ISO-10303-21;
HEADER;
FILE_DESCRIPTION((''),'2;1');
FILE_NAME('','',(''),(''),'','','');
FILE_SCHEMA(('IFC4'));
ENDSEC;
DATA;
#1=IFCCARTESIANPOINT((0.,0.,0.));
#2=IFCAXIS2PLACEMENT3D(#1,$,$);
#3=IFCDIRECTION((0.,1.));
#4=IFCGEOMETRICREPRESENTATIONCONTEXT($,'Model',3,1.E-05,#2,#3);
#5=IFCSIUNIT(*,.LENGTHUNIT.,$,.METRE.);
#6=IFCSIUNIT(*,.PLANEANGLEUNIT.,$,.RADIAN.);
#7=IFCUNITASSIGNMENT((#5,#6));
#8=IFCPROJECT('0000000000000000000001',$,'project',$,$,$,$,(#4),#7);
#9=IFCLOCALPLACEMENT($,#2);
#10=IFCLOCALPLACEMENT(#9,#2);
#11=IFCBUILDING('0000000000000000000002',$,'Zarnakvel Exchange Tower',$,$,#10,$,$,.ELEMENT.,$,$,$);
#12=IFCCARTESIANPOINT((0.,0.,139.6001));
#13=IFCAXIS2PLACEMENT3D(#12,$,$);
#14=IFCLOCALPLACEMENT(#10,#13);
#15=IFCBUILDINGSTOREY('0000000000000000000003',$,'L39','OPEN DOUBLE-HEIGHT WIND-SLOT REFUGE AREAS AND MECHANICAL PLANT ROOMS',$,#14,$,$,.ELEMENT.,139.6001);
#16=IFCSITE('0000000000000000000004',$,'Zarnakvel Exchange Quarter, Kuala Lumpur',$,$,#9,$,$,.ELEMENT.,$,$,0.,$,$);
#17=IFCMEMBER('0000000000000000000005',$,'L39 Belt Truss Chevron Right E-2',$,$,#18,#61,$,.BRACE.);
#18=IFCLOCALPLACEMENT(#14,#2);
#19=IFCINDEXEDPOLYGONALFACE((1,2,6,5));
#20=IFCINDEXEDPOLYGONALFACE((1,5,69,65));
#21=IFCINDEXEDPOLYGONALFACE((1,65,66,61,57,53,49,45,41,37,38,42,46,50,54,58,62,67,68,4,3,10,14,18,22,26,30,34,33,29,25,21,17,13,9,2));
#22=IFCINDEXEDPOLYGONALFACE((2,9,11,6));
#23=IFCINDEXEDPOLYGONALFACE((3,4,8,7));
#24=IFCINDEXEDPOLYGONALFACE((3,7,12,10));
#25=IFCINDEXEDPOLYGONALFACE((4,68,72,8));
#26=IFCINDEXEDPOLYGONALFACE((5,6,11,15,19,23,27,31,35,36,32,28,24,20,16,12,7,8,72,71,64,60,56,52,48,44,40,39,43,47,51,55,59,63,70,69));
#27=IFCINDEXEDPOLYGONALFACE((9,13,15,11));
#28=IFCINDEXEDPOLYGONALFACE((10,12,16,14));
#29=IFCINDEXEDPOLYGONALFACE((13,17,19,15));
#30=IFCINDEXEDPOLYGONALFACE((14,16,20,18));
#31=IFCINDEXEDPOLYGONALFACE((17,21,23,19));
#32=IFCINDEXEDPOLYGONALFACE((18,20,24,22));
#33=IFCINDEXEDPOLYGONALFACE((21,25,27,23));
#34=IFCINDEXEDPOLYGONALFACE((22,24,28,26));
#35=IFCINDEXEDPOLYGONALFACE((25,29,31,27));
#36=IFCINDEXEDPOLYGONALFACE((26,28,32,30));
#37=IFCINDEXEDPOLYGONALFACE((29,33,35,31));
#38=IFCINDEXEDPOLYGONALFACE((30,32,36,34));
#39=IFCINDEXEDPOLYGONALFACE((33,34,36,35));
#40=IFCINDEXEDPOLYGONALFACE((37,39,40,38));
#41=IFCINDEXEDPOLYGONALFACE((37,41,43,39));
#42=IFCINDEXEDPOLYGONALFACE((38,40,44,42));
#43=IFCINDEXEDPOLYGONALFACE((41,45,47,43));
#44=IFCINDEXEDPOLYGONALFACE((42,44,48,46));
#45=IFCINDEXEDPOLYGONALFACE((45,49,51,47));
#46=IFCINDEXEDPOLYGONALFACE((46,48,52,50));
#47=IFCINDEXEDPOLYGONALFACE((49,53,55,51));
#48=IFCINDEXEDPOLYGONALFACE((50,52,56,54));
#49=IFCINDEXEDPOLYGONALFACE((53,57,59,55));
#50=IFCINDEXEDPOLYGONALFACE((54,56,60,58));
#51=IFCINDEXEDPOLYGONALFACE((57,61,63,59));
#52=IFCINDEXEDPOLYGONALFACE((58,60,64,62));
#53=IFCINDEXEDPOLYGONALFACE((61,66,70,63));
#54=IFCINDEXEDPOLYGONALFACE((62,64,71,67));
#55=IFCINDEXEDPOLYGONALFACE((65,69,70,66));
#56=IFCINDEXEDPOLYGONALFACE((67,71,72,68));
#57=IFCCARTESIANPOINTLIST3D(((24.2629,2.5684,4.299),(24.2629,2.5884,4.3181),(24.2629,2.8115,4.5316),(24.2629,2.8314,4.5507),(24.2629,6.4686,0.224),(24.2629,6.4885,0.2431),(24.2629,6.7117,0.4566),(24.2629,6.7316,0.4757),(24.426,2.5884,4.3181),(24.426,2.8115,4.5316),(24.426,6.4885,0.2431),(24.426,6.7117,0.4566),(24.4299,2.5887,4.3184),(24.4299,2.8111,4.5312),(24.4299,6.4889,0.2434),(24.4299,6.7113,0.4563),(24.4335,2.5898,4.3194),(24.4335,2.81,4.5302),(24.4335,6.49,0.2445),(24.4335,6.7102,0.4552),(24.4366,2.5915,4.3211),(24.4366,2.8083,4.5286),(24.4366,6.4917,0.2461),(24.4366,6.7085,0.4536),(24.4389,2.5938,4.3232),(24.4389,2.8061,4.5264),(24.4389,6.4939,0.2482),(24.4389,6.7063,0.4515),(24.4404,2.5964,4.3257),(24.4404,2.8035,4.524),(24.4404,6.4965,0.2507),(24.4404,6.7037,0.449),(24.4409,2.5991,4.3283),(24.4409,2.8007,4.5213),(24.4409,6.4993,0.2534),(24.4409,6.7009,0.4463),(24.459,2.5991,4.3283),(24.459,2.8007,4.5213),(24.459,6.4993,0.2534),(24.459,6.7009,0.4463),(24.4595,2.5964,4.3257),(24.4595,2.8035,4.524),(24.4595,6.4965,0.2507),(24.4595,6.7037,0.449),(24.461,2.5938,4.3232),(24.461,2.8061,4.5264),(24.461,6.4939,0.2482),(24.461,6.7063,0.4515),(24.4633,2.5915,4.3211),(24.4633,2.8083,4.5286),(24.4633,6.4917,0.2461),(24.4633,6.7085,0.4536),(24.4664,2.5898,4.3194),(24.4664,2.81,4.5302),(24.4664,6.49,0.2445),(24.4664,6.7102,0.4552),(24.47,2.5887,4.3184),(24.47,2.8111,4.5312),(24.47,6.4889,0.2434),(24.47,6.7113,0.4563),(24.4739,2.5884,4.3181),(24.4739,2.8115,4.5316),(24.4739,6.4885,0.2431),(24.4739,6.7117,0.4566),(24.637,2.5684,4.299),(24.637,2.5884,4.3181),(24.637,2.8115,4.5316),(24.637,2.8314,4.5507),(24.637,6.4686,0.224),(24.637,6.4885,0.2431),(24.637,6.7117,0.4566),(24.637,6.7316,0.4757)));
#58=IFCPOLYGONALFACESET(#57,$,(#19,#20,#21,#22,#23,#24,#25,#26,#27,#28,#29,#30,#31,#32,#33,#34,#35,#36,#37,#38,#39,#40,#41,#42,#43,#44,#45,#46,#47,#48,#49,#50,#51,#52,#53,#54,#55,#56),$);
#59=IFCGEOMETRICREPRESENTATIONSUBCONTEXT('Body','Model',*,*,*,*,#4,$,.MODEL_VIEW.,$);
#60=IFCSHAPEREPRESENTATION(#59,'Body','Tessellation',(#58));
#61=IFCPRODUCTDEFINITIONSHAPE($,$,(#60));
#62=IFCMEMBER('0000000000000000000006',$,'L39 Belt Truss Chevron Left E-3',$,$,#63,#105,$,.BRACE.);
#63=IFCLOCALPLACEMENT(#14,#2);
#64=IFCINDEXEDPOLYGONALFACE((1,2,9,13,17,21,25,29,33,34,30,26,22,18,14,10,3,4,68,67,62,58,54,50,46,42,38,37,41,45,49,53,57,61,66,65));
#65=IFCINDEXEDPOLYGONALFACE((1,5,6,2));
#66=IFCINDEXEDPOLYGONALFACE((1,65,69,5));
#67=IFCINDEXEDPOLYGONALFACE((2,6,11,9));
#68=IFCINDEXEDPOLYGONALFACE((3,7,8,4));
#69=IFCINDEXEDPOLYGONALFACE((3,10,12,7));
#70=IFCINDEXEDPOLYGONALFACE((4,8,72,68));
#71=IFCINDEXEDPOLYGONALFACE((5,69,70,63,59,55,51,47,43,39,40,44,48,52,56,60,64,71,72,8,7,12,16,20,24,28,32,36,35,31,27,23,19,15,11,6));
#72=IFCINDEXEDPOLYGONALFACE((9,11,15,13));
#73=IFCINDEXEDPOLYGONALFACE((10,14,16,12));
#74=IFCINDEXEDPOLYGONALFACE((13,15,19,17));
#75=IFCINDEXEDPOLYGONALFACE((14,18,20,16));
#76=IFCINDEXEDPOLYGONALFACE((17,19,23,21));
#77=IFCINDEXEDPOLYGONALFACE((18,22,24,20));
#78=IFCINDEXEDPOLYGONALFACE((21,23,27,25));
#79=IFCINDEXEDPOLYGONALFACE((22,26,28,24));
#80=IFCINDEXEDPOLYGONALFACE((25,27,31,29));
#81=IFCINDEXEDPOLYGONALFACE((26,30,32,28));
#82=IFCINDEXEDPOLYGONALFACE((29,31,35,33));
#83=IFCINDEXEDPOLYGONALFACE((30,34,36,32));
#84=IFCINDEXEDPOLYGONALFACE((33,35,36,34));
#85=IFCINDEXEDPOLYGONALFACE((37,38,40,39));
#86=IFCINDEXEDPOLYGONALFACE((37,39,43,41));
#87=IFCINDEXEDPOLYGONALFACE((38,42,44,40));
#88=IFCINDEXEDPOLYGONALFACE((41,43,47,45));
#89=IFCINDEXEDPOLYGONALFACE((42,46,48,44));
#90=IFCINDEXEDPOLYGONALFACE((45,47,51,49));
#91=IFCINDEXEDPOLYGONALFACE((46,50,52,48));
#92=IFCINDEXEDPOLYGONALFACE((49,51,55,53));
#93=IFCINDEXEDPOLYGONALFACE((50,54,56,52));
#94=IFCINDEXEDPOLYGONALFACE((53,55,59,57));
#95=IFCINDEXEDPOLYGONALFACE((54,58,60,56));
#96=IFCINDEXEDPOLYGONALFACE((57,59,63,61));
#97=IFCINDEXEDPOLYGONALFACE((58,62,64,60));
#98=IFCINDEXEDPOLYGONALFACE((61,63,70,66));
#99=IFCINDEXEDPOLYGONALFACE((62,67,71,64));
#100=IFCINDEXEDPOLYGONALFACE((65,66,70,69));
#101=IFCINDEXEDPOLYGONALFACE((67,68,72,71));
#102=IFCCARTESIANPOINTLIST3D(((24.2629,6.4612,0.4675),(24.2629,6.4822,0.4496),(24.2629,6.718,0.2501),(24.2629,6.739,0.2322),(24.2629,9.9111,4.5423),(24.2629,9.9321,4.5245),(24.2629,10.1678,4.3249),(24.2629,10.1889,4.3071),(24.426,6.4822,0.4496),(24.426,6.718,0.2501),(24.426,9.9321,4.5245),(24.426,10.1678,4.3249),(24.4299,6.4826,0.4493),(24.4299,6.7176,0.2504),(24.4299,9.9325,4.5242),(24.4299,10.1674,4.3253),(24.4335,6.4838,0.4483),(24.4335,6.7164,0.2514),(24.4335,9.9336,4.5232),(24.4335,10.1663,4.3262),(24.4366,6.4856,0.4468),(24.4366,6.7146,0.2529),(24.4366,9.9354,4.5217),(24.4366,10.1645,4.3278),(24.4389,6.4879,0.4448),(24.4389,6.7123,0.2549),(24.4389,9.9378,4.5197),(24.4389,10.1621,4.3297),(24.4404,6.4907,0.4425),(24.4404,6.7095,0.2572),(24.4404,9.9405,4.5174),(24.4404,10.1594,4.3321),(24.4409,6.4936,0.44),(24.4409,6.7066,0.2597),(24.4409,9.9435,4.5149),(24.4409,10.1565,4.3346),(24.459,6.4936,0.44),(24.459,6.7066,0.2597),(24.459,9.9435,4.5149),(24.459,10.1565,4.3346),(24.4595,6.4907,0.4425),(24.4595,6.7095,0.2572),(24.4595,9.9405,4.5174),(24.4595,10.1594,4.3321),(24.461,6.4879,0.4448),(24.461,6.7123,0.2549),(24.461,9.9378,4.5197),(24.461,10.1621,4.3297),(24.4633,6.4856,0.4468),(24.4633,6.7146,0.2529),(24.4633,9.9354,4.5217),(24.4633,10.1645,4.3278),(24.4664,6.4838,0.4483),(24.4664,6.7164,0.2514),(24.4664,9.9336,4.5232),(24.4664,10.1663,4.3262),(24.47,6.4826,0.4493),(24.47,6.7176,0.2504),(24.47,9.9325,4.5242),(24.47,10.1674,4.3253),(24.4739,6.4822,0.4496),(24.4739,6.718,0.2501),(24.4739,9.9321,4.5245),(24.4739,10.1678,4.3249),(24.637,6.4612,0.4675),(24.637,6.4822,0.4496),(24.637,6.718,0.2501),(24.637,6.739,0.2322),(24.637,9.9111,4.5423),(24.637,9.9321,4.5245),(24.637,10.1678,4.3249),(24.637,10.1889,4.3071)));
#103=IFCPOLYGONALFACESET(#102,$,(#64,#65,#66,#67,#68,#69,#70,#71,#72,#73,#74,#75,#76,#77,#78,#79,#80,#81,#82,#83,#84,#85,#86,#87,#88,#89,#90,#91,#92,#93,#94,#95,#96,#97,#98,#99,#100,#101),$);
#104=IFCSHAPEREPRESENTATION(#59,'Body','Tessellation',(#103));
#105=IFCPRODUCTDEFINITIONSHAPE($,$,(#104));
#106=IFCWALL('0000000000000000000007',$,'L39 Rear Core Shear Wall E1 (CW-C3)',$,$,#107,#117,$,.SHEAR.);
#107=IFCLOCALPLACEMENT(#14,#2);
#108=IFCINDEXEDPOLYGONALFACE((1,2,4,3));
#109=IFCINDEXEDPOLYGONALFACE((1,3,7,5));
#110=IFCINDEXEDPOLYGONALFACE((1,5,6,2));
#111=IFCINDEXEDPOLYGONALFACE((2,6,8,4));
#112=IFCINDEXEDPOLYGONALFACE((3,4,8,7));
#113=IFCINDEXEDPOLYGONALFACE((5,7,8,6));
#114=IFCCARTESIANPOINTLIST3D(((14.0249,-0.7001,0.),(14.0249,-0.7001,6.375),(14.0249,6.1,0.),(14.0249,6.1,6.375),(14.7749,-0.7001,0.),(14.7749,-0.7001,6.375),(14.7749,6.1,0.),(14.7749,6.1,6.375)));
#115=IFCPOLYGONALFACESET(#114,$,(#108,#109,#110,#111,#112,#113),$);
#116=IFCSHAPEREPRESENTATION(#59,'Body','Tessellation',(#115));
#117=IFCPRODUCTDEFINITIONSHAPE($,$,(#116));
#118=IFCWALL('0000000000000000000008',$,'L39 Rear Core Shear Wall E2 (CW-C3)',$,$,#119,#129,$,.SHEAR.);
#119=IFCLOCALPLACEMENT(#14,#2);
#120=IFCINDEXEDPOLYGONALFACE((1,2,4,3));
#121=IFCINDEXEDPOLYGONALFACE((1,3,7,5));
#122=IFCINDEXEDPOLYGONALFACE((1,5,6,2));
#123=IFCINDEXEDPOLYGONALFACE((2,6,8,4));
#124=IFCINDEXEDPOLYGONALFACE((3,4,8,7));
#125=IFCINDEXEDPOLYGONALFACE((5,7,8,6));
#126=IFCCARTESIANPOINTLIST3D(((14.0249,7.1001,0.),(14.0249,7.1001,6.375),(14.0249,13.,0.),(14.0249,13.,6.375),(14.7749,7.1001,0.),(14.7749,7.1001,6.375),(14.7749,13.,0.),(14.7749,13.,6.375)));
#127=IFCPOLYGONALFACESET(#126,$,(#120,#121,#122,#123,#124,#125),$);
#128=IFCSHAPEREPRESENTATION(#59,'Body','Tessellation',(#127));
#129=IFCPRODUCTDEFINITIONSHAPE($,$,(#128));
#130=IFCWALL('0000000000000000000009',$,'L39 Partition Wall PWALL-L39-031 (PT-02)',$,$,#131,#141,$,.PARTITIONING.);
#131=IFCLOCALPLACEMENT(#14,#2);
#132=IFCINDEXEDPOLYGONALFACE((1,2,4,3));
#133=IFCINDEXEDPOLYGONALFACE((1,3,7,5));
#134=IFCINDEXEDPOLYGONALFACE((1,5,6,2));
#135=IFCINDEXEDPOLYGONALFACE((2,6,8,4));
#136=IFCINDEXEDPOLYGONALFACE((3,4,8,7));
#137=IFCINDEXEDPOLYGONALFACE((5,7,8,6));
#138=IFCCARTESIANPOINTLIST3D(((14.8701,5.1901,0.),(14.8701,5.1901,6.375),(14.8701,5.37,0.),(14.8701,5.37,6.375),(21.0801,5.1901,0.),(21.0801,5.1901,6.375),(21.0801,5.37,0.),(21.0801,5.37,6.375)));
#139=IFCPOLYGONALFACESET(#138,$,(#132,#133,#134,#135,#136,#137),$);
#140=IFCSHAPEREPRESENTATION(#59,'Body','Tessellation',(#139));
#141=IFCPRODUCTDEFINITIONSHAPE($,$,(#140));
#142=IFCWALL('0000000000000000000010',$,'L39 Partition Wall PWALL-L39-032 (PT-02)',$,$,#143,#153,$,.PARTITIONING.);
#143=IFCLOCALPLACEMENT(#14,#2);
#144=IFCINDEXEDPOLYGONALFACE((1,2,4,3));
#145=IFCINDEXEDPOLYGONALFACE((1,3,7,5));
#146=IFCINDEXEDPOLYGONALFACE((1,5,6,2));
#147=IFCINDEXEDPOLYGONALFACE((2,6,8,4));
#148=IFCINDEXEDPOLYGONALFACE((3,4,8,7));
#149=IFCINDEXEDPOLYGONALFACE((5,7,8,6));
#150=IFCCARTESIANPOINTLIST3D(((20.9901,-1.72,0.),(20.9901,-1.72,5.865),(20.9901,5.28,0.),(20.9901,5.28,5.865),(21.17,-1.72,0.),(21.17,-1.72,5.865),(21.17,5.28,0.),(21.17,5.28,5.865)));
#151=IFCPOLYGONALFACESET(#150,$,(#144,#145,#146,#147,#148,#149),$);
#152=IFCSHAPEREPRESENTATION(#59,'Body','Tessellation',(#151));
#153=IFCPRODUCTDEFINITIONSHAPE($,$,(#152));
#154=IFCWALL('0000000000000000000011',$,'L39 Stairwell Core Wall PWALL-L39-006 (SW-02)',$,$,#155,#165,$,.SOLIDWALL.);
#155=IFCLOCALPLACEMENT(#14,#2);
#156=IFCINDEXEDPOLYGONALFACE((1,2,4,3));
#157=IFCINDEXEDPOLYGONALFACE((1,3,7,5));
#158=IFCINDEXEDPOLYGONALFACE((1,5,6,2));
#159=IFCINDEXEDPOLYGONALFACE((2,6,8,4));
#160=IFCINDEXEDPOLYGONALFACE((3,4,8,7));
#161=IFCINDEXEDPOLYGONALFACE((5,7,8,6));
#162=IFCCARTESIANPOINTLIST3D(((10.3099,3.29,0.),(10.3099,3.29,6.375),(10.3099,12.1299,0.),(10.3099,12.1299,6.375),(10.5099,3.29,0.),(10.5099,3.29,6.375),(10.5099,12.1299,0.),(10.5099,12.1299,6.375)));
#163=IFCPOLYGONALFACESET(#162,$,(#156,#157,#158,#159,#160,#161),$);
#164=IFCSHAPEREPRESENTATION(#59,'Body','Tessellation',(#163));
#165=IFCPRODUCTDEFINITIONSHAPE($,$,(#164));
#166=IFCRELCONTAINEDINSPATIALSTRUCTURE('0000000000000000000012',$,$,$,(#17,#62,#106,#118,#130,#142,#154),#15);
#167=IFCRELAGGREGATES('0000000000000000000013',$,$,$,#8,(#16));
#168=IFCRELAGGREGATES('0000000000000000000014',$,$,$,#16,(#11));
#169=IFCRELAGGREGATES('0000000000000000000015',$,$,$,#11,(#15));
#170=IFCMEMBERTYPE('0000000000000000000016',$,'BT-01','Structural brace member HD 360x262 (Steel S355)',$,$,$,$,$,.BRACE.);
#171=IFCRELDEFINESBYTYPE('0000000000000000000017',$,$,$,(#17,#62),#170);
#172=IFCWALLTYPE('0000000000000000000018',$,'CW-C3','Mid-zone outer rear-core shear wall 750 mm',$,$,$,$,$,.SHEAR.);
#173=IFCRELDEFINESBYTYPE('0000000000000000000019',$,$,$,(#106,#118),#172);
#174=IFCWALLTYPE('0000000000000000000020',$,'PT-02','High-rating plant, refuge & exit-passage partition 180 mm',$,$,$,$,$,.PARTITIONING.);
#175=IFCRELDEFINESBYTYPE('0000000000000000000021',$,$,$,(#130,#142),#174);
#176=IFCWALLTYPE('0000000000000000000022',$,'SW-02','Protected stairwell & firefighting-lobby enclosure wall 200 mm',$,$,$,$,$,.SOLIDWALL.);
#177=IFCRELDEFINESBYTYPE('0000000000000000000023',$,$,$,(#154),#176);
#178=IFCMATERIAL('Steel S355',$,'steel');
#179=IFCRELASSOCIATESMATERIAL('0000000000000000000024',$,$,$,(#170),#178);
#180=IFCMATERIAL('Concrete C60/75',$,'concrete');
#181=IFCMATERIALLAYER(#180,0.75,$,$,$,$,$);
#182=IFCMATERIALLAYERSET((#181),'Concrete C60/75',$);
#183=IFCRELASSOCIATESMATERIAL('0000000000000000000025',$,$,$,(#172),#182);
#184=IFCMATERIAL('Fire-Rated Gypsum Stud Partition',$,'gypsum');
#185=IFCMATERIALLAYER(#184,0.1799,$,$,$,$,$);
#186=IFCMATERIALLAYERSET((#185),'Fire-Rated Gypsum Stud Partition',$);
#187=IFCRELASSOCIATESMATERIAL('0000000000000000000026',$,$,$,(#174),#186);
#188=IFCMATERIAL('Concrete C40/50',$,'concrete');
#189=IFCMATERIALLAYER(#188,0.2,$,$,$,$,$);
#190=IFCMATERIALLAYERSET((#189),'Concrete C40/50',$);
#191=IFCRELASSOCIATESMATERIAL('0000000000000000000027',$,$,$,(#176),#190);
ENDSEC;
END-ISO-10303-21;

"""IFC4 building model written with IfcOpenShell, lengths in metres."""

from ifc_helpers import new_model, si_unit, direction, frame, frame_2d, origin, origin_2d, place, context, subcontext, project, spatial, rectangle, i_section, extrude, source, transform, mapped, material, layer, layer_set, material_profile, profile_set, type_object, element, save


model = new_model("IFC4")

# Units and contexts
model_context = context("Model", 3, precision=1e-05, world=origin(), true_north=direction((0.0, 1.0)))
body_context = subcontext(model_context, "Body", "Model", "MODEL_VIEW")
ifc_project = project(units=[si_unit("LENGTHUNIT", "METRE"), si_unit("PLANEANGLEUNIT", "RADIAN")], contexts=[model_context])

# Site, building, storey
site_placement = place(None, origin())
site = spatial("IfcSite", under=ifc_project, at=site_placement, Name="Zarnakvel Exchange Quarter, Kuala Lumpur", CompositionType="ELEMENT", RefElevation=0.0)
building_placement = place(site_placement, origin())
building = spatial("IfcBuilding", under=site, at=building_placement, Name="Zarnakvel Exchange Tower", CompositionType="ELEMENT")
storey_placement = place(building_placement, frame((0.0, 0.0, 139.6001)))
storey = spatial("IfcBuildingStorey", under=building, at=storey_placement, Name="L39", Description="OPEN DOUBLE-HEIGHT WIND-SLOT REFUGE AREAS AND MECHANICAL PLANT ROOMS", CompositionType="ELEMENT", Elevation=139.6001)

# Shared definitions
ifc_material_1 = material(Name="Concrete C60/75", Category="concrete")

# Shared definitions
ifc_material_2 = material(Name="Steel S355", Category="steel")

# Members
ifc_material_profile_1 = material_profile(ifc_material_2, i_section(OverallWidth=0.374, OverallDepth=0.364, WebThickness=0.0181, FlangeThickness=0.0276, FilletRadius=0.0149, at=origin_2d()))
ifc_profile_set_1 = profile_set([ifc_material_profile_1], Name="Steel S355")
member_type_1 = type_object("IfcMemberType", Name="BT-01", Description="Structural brace member HD 360x262 (Steel S355)", PredefinedType="BRACE", material=ifc_profile_set_1)
shared_shape_1 = source(origin(), body_context, "Body", "SweptSolid", [
    extrude(i_section(OverallWidth=0.374, OverallDepth=0.364, WebThickness=0.0181, FlangeThickness=0.0276, FilletRadius=0.0149, at=origin_2d()), origin(), (0.0, 0.0, 1.0), 5.6406),
])
member_1_placement = place(storey_placement, frame((24.45, 6.6001, 0.3499), z_axis=(0.0, -0.691442, 0.722432), x_axis=(1.0, 0.0, 0.0)))
element("IfcMember", 1, at=member_1_placement, inside=storey, type_object=member_type_1, Name="L39 Belt Truss Chevron Right E-2", PredefinedType="BRACE", context=body_context, shape_type="MappedRepresentation", body=[
    mapped(shared_shape_1, transform((0.0, 0.0, 0.0), x_axis=(1.0, 0.0, 0.0), y_axis=(0.0, 1.0, 0.0), z_axis=(0.0, 0.0, 1.0), scale=1.0)),
])
shared_shape_2 = source(origin(), body_context, "Body", "SweptSolid", [
    extrude(i_section(OverallWidth=0.374, OverallDepth=0.364, WebThickness=0.0181, FlangeThickness=0.0276, FilletRadius=0.0149, at=origin_2d()), origin(), (0.0, 0.0, 1.0), 5.3391),
])
member_2_placement = place(storey_placement, frame((24.45, 6.6001, 0.3499), z_axis=(0.0, 0.646151, 0.763209), x_axis=(-1.0, 0.0, 0.0)))
element("IfcMember", 2, at=member_2_placement, inside=storey, type_object=member_type_1, Name="L39 Belt Truss Chevron Left E-3", PredefinedType="BRACE", context=body_context, shape_type="MappedRepresentation", body=[
    mapped(shared_shape_2, transform((0.0, 0.0, 0.0), x_axis=(1.0, 0.0, 0.0), y_axis=(0.0, 1.0, 0.0), z_axis=(0.0, 0.0, 1.0), scale=1.0)),
])

# Walls
ifc_layer_1 = layer(ifc_material_1, 0.75)
ifc_layer_set_1 = layer_set([ifc_layer_1], Name="Concrete C60/75")
wall_type_1 = type_object("IfcWallType", Name="CW-C3", Description="Mid-zone outer rear-core shear wall 750 mm", PredefinedType="SHEAR", material=ifc_layer_set_1)
wall_1_placement = place(storey_placement, frame((14.3999, -0.7, 0.0), z_axis=(0.0, 0.0, 1.0), x_axis=(0.0, 1.0, 0.0)))
element("IfcWall", 3, at=wall_1_placement, inside=storey, type_object=wall_type_1, Name="L39 Rear Core Shear Wall E1 (CW-C3)", PredefinedType="SHEAR", context=body_context, shape_type="SweptSolid", body=[
    extrude(rectangle(XDim=6.8, YDim=0.75, at=frame_2d((3.3999, 0.0))), origin(), (0.0, 0.0, 1.0), 6.375),
])
wall_2_placement = place(storey_placement, frame((14.3999, 7.1001, 0.0), z_axis=(0.0, 0.0, 1.0), x_axis=(0.0, 1.0, 0.0)))
element("IfcWall", 4, at=wall_2_placement, inside=storey, type_object=wall_type_1, Name="L39 Rear Core Shear Wall E2 (CW-C3)", PredefinedType="SHEAR", context=body_context, shape_type="SweptSolid", body=[
    extrude(rectangle(XDim=5.8999, YDim=0.75, at=frame_2d((2.95, 0.0))), origin(), (0.0, 0.0, 1.0), 6.375),
])
ifc_material_3 = material(Name="Fire-Rated Gypsum Stud Partition", Category="gypsum")
ifc_layer_2 = layer(ifc_material_3, 0.1799)
ifc_layer_set_2 = layer_set([ifc_layer_2], Name="Fire-Rated Gypsum Stud Partition")
wall_type_2 = type_object("IfcWallType", Name="PT-02", Description="High-rating plant, refuge & exit-passage partition 180 mm", PredefinedType="PARTITIONING", material=ifc_layer_set_2)
wall_3_placement = place(storey_placement, frame((14.8701, 5.28, 0.0), z_axis=(0.0, 0.0, 1.0), x_axis=(1.0, 0.0, 0.0)))
element("IfcWall", 5, at=wall_3_placement, inside=storey, type_object=wall_type_2, Name="L39 Partition Wall PWALL-L39-031 (PT-02)", PredefinedType="PARTITIONING", context=body_context, shape_type="SweptSolid", body=[
    extrude(rectangle(XDim=6.21, YDim=0.1799, at=frame_2d((3.105, 0.0))), origin(), (0.0, 0.0, 1.0), 6.375),
])
wall_4_placement = place(storey_placement, frame((21.0801, 5.28, 0.0), z_axis=(0.0, 0.0, 1.0), x_axis=(0.0, -1.0, 0.0)))
element("IfcWall", 6, at=wall_4_placement, inside=storey, type_object=wall_type_2, Name="L39 Partition Wall PWALL-L39-032 (PT-02)", PredefinedType="PARTITIONING", context=body_context, shape_type="SweptSolid", body=[
    extrude(rectangle(XDim=7.0, YDim=0.1799, at=frame_2d((3.5, 0.0))), origin(), (0.0, 0.0, 1.0), 5.865),
])

# Shared definitions
ifc_material_4 = material(Name="Concrete C40/50", Category="concrete")
ifc_layer_3 = layer(ifc_material_4, 0.2)
ifc_layer_set_3 = layer_set([ifc_layer_3], Name="Concrete C40/50")
wall_type_3 = type_object("IfcWallType", Name="SW-02", Description="Protected stairwell & firefighting-lobby enclosure wall 200 mm", PredefinedType="SOLIDWALL", material=ifc_layer_set_3)

# Wall
wall_5_placement = place(storey_placement, frame((10.4099, 3.29, 0.0), z_axis=(0.0, 0.0, 1.0), x_axis=(0.0, 1.0, 0.0)))
element("IfcWall", 7, at=wall_5_placement, inside=storey, type_object=wall_type_3, Name="L39 Stairwell Core Wall PWALL-L39-006 (SW-02)", PredefinedType="SOLIDWALL", context=body_context, shape_type="SweptSolid", body=[
    extrude(rectangle(XDim=8.8398, YDim=0.2, at=frame_2d((4.4199, 0.0))), origin(), (0.0, 0.0, 1.0), 6.375),
])

save(model, "model.ifc")
